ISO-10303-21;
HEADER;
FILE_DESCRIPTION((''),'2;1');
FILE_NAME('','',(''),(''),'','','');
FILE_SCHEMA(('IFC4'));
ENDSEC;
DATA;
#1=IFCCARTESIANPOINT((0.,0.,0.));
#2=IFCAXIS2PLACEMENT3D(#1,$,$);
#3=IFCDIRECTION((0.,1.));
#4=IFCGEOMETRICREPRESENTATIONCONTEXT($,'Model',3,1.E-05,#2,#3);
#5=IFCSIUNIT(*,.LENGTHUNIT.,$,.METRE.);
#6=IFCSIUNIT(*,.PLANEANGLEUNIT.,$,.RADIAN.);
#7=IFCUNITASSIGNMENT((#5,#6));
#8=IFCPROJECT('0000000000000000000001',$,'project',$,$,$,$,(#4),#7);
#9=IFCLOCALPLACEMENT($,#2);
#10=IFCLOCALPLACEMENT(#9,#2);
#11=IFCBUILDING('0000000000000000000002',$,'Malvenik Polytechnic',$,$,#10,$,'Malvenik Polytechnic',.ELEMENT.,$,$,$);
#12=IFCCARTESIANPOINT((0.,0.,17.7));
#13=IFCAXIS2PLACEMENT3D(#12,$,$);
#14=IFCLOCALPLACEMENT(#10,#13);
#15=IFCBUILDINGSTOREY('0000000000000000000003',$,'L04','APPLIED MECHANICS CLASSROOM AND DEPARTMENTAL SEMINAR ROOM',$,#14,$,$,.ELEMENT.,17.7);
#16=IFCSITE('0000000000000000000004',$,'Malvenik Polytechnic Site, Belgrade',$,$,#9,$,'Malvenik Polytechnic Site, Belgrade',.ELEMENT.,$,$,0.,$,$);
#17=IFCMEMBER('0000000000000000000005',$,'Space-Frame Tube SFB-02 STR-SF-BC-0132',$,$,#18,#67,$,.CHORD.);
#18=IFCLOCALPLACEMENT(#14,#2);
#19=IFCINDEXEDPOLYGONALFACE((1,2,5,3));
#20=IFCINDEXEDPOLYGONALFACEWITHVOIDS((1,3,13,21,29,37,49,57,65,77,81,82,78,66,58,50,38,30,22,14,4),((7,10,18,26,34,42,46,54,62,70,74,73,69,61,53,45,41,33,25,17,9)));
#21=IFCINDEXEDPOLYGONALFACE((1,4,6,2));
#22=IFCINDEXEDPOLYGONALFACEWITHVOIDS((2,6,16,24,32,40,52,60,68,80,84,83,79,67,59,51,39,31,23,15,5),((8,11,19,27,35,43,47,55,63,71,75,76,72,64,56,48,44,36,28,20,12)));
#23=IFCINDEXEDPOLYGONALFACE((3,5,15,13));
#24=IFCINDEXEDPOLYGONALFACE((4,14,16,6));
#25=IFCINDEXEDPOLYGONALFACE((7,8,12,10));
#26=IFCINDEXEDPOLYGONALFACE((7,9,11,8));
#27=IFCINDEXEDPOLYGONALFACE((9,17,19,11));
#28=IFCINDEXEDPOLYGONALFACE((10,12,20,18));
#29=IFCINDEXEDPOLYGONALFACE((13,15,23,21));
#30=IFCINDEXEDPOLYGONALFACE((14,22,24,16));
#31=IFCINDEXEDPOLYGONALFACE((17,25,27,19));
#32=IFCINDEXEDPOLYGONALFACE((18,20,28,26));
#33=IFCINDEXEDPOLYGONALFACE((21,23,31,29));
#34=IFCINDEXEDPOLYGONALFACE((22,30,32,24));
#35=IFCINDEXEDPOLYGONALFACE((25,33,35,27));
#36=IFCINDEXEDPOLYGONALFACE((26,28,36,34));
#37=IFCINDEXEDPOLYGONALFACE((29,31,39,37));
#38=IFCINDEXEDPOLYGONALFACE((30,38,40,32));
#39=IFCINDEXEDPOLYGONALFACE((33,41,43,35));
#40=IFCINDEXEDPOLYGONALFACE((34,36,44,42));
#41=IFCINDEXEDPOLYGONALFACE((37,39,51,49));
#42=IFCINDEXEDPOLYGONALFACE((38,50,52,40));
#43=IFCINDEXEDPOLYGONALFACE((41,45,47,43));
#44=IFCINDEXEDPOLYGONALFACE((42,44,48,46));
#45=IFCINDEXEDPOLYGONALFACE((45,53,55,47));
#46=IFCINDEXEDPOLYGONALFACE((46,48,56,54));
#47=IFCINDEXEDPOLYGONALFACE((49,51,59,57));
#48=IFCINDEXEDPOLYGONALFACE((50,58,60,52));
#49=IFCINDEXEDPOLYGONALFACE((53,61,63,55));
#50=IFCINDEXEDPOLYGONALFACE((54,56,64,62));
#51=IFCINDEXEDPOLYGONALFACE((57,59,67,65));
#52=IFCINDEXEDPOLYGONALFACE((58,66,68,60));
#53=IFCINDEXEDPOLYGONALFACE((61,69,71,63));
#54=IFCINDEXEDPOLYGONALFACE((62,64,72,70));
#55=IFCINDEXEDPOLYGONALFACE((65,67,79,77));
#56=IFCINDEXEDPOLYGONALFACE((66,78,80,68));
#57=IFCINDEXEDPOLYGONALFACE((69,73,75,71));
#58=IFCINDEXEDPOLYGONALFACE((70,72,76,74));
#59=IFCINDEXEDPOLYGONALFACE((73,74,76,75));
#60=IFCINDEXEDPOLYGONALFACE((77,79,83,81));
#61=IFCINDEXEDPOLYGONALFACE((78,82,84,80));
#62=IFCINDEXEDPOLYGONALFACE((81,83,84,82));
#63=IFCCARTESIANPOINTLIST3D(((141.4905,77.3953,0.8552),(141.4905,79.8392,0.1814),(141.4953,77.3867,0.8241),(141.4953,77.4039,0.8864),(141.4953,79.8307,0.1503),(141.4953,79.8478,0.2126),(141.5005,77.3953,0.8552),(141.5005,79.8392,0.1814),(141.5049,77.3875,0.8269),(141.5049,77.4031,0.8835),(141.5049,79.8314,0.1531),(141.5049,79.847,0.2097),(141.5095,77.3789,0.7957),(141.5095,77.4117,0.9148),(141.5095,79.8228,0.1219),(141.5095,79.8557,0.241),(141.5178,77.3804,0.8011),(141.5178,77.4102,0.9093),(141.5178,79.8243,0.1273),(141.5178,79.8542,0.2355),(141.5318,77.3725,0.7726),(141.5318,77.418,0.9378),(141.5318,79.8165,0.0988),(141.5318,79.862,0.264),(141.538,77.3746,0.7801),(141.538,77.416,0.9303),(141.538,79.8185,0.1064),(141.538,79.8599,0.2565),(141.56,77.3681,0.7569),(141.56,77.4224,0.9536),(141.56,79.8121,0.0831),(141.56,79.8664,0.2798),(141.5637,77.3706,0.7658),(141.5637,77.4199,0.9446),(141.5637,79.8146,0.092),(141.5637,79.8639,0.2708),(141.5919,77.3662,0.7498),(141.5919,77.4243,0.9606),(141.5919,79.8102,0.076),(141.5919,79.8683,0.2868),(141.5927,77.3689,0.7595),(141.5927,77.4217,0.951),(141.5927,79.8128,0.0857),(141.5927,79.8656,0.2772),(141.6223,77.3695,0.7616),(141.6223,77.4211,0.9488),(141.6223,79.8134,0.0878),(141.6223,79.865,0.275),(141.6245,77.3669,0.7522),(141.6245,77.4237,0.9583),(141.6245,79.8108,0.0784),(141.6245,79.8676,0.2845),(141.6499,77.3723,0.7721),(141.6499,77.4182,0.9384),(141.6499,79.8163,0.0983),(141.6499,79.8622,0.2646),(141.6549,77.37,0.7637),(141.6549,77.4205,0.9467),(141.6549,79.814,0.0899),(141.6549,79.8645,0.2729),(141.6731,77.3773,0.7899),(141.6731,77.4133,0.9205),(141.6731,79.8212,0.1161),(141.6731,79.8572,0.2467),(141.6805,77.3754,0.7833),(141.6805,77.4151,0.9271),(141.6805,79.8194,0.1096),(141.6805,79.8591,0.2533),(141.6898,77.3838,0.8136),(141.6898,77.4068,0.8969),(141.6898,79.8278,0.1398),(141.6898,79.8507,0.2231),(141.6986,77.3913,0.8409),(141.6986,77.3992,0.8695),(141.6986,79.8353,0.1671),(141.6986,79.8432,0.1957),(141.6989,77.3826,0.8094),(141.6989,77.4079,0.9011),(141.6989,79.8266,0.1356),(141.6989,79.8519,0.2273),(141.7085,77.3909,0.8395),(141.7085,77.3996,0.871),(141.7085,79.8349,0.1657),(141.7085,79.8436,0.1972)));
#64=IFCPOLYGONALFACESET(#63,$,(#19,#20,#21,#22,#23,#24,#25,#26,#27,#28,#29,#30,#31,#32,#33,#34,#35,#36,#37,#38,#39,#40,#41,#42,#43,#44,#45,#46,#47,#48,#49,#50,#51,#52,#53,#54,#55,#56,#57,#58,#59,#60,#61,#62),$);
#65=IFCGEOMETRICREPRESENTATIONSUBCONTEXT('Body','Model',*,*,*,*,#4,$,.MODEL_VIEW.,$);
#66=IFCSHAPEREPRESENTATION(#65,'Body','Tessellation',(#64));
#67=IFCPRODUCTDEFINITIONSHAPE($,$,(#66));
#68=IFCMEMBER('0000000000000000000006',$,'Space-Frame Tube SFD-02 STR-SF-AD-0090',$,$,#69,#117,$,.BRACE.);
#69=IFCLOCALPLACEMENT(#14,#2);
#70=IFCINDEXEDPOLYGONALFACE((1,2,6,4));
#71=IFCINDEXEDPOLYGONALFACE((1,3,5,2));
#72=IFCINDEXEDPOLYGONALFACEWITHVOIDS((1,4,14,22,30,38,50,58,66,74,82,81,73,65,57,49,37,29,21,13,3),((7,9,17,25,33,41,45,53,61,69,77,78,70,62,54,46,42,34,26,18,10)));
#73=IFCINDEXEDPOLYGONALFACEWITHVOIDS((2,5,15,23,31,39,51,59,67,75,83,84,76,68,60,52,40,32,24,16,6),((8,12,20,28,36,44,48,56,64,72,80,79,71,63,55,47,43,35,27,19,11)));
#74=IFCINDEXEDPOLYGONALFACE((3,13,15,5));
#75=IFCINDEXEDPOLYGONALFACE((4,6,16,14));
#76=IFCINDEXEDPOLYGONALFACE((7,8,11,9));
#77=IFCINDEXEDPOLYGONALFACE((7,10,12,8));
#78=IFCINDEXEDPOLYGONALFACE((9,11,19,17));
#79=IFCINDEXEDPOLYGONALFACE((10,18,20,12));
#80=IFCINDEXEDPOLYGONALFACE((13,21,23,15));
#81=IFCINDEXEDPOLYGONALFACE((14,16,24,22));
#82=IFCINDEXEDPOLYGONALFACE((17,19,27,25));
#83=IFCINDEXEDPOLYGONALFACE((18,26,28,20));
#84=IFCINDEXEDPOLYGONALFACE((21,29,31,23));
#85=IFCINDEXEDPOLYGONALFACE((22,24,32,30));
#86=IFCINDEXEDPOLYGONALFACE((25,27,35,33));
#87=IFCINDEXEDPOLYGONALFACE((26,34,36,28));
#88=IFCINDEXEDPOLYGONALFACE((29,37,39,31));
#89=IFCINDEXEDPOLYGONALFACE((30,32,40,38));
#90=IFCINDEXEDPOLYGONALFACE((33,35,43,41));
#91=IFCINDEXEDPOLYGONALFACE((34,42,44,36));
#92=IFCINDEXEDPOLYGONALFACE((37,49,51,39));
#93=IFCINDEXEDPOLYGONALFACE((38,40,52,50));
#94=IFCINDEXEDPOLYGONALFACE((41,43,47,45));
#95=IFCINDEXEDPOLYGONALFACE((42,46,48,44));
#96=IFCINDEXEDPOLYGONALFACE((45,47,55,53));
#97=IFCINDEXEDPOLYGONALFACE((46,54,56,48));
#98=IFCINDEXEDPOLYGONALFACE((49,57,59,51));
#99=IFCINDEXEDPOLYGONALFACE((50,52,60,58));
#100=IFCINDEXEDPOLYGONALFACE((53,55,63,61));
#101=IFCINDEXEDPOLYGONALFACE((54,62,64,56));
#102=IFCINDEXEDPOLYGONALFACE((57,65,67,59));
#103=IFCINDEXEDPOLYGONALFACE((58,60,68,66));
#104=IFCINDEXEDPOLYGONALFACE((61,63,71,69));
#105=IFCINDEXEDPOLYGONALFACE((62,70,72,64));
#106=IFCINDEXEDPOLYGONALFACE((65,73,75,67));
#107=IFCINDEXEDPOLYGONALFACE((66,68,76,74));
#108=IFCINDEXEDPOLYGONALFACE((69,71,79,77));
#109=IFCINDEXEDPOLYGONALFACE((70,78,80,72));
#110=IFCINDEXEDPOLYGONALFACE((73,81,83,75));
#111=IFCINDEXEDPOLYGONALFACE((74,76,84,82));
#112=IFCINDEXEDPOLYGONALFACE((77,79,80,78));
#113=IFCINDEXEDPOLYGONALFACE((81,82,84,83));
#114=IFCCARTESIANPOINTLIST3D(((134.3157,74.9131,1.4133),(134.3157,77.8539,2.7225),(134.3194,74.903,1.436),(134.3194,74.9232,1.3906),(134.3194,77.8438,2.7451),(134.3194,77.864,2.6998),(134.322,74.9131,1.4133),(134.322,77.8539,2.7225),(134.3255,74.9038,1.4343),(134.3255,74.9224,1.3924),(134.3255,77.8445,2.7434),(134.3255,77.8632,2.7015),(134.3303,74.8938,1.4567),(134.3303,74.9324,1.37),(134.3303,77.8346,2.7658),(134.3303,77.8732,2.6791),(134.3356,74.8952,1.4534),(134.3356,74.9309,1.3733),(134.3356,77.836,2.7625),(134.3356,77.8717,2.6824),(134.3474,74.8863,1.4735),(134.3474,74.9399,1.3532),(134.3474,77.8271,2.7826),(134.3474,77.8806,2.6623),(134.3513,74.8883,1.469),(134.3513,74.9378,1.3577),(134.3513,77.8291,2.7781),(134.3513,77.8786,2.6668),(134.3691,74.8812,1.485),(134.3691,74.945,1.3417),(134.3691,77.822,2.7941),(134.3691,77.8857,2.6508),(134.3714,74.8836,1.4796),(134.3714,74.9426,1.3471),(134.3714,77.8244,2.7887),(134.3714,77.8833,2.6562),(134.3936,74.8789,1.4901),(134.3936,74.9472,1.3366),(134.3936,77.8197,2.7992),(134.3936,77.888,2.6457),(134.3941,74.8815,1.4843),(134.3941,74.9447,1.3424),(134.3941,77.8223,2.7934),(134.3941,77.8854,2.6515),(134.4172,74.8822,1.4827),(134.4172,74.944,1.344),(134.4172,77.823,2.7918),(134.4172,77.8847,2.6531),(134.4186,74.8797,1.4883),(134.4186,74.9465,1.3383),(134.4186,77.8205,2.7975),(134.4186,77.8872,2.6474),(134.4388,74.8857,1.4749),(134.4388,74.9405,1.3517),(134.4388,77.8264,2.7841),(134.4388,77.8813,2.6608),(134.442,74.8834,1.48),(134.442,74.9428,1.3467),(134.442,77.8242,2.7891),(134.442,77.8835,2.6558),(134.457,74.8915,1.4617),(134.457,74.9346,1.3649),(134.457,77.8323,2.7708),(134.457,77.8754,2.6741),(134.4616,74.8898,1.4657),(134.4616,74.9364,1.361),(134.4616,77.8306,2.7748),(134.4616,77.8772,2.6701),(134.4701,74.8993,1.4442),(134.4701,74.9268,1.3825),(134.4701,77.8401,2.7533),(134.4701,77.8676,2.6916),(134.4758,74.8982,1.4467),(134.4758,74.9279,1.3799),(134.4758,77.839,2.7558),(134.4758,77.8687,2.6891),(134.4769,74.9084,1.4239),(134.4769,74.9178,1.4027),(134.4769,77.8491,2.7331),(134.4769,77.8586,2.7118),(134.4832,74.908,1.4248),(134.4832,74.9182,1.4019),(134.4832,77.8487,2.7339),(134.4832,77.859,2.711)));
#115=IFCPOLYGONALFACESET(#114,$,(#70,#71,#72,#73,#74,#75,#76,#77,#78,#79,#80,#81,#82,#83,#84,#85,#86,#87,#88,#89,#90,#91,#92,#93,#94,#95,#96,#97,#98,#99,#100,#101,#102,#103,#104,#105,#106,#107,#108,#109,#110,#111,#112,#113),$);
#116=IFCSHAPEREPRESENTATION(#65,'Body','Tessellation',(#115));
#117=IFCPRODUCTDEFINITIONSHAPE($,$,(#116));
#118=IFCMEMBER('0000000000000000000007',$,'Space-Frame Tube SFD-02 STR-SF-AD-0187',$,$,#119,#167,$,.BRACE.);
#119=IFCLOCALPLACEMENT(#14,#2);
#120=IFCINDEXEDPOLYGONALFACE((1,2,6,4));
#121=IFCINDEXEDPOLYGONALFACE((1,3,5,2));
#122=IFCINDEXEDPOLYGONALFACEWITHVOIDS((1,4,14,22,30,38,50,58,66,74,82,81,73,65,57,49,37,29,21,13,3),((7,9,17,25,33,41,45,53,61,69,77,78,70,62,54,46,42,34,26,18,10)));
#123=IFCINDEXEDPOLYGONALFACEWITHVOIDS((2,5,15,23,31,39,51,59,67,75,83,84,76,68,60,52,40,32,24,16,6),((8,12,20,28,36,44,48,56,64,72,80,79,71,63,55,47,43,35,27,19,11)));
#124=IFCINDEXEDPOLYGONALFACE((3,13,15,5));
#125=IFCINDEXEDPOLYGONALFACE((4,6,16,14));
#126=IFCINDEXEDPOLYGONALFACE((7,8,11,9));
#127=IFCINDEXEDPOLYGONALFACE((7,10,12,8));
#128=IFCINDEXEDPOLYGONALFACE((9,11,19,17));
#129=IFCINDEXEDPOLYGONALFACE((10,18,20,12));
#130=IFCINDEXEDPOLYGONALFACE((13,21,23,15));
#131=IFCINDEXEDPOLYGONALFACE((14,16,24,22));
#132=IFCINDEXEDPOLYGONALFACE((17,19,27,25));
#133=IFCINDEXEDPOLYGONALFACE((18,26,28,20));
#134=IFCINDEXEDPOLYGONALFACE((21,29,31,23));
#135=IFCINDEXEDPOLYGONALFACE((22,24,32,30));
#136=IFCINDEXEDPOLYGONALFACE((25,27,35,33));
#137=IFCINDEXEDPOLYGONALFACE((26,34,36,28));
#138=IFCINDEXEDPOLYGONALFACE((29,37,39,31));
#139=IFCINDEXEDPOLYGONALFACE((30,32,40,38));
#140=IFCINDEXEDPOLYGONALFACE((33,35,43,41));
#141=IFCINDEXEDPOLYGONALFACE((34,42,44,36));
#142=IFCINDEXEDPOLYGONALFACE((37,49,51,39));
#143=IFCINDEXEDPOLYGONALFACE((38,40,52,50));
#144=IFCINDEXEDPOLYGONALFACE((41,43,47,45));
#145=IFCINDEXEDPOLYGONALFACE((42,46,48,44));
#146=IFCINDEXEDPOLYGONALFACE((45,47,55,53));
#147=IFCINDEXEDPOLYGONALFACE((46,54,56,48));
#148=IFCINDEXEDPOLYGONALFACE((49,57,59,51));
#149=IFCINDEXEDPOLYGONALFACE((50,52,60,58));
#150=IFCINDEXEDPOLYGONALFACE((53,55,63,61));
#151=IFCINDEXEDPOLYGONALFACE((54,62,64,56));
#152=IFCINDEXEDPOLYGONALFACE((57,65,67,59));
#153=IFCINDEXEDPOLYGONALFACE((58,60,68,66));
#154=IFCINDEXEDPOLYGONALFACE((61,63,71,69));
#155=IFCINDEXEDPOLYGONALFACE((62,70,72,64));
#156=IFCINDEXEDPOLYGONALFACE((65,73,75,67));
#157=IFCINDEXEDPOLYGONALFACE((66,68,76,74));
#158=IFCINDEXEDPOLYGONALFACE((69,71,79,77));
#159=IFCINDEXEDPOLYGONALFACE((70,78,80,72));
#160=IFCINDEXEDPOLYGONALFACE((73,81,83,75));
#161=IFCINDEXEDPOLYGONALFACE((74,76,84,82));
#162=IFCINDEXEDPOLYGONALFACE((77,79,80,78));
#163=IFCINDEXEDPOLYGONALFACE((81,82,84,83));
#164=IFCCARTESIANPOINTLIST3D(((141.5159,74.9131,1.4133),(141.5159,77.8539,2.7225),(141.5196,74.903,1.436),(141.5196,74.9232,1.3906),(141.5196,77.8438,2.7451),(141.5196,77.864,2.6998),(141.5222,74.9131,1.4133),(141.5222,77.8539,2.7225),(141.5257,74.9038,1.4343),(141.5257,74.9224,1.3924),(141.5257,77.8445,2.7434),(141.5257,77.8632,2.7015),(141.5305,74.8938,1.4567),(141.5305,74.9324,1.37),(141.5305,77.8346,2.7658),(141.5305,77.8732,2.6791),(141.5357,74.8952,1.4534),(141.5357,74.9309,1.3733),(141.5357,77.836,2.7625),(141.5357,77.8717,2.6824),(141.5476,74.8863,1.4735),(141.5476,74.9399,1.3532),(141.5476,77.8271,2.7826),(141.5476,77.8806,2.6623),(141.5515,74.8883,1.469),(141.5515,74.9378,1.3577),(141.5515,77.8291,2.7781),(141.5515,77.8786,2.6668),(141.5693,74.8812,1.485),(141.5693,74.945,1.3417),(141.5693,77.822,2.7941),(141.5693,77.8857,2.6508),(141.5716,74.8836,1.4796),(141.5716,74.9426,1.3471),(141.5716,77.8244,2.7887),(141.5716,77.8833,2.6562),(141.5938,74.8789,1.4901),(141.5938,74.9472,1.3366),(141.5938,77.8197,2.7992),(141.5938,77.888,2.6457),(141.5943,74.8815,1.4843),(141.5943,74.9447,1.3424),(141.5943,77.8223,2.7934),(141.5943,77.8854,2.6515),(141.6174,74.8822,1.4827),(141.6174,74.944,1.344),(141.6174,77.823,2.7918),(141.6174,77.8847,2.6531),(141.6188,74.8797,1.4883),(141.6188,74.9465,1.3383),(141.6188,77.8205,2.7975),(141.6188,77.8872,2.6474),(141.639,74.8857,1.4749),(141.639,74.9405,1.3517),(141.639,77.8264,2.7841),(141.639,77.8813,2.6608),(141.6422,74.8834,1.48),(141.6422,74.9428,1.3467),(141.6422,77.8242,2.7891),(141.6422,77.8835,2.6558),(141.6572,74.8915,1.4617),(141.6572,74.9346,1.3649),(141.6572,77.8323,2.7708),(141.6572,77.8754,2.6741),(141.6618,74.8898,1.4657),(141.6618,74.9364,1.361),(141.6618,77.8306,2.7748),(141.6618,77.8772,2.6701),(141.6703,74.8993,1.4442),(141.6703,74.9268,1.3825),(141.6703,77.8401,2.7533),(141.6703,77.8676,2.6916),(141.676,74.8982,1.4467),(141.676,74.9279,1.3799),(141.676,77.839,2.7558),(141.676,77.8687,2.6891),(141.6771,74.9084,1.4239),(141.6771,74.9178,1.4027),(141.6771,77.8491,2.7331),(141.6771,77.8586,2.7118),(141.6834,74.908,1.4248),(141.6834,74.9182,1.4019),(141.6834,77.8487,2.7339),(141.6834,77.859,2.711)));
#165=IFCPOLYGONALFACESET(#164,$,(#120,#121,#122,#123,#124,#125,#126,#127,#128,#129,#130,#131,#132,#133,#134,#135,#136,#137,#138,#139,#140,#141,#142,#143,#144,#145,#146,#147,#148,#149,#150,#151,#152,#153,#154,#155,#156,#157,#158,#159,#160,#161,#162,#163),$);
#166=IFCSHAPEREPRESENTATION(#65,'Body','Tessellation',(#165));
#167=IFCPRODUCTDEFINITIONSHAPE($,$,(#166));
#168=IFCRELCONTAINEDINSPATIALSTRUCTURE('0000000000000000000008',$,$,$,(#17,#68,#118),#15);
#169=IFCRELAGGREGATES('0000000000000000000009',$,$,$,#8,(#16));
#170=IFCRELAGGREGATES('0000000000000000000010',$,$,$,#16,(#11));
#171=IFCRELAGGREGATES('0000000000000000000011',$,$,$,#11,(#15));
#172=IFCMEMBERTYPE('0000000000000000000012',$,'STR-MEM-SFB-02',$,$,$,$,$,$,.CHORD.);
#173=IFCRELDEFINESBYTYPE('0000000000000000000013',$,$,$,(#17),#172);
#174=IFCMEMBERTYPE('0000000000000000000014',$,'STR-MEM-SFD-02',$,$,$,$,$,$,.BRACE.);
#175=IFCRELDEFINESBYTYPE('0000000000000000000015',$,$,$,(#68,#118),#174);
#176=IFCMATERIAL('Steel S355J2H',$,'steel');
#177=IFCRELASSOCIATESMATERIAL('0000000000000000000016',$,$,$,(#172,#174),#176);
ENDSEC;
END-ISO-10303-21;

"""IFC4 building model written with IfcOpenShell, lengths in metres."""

from ifc_helpers import new_model, si_unit, direction, frame, origin, origin_2d, place, context, subcontext, project, spatial, hollow_circle, extrude, material, material_profile, profile_set, type_object, element, save


model = new_model("IFC4")

# Units and contexts
model_context = context("Model", 3, precision=1e-05, world=origin(), true_north=direction((0.0, 1.0)))
body_context = subcontext(model_context, "Body", "Model", "MODEL_VIEW")
ifc_project = project(units=[si_unit("LENGTHUNIT", "METRE"), si_unit("PLANEANGLEUNIT", "RADIAN")], contexts=[model_context])

# Site, building, storey
site_placement = place(None, origin())
site = spatial("IfcSite", under=ifc_project, at=site_placement, Name="Malvenik Polytechnic Site, Belgrade", LongName="Malvenik Polytechnic Site, Belgrade", CompositionType="ELEMENT", RefElevation=0.0)
building_placement = place(site_placement, origin())
building = spatial("IfcBuilding", under=site, at=building_placement, Name="Malvenik Polytechnic", LongName="Malvenik Polytechnic", CompositionType="ELEMENT")
storey_placement = place(building_placement, frame((0.0, 0.0, 17.7)))
storey = spatial("IfcBuildingStorey", under=building, at=storey_placement, Name="L04", Description="APPLIED MECHANICS CLASSROOM AND DEPARTMENTAL SEMINAR ROOM", CompositionType="ELEMENT", Elevation=17.7)

# Members
ifc_material = material(Name="Steel S355J2H", Category="steel")
ifc_material_profile_1 = material_profile(ifc_material, hollow_circle(Radius=0.1096, WallThickness=0.01, at=origin_2d()), Name="CHS 219.1x10.0")
ifc_profile_set_1 = profile_set([ifc_material_profile_1], Name="Steel S355J2H")
member_type_1 = type_object("IfcMemberType", Name="STR-MEM-SFB-02", PredefinedType="CHORD", material=ifc_profile_set_1)
for number, where, z_axis, x_axis, name in (
    (1, (141.6001, 77.3953, 0.8552), (0.0, 0.964033, -0.265781), (-1.0, 0.0, 0.0), "Space-Frame Tube SFB-02 STR-SF-BC-0132"),
):
    element("IfcMember", number, at=place(storey_placement, frame(where, z_axis=z_axis, x_axis=x_axis)), inside=storey, type_object=member_type_1, Name=name, PredefinedType="CHORD", context=body_context, shape_type="SweptSolid", body=[
        extrude(hollow_circle(Radius=0.1096, WallThickness=0.01, at=origin_2d()), origin(), (0.0, 0.0, 1.0), 2.5352),
    ])
ifc_material_profile_2 = material_profile(ifc_material, hollow_circle(Radius=0.0842, WallThickness=0.0063, at=origin_2d()), Name="CHS 168.3x6.3")
ifc_profile_set_2 = profile_set([ifc_material_profile_2], Name="Steel S355J2H")
member_type_2 = type_object("IfcMemberType", Name="STR-MEM-SFD-02", PredefinedType="BRACE", material=ifc_profile_set_2)
for number, where, z_axis, x_axis, name in (
    (2, (134.3999, 74.9131, 1.4133), (0.0, 0.913567, 0.406687), (-1.0, 0.0, 0.0), "Space-Frame Tube SFD-02 STR-SF-AD-0090"),
    (3, (141.6001, 74.9131, 1.4133), (0.0, 0.913567, 0.406687), (-1.0, 0.0, 0.0), "Space-Frame Tube SFD-02 STR-SF-AD-0187"),
):
    element("IfcMember", number, at=place(storey_placement, frame(where, z_axis=z_axis, x_axis=x_axis)), inside=storey, type_object=member_type_2, Name=name, PredefinedType="BRACE", context=body_context, shape_type="SweptSolid", body=[
        extrude(hollow_circle(Radius=0.0842, WallThickness=0.0063, at=origin_2d()), origin(), (0.0, 0.0, 1.0), 3.219),
    ])

save(model, "model.ifc")
